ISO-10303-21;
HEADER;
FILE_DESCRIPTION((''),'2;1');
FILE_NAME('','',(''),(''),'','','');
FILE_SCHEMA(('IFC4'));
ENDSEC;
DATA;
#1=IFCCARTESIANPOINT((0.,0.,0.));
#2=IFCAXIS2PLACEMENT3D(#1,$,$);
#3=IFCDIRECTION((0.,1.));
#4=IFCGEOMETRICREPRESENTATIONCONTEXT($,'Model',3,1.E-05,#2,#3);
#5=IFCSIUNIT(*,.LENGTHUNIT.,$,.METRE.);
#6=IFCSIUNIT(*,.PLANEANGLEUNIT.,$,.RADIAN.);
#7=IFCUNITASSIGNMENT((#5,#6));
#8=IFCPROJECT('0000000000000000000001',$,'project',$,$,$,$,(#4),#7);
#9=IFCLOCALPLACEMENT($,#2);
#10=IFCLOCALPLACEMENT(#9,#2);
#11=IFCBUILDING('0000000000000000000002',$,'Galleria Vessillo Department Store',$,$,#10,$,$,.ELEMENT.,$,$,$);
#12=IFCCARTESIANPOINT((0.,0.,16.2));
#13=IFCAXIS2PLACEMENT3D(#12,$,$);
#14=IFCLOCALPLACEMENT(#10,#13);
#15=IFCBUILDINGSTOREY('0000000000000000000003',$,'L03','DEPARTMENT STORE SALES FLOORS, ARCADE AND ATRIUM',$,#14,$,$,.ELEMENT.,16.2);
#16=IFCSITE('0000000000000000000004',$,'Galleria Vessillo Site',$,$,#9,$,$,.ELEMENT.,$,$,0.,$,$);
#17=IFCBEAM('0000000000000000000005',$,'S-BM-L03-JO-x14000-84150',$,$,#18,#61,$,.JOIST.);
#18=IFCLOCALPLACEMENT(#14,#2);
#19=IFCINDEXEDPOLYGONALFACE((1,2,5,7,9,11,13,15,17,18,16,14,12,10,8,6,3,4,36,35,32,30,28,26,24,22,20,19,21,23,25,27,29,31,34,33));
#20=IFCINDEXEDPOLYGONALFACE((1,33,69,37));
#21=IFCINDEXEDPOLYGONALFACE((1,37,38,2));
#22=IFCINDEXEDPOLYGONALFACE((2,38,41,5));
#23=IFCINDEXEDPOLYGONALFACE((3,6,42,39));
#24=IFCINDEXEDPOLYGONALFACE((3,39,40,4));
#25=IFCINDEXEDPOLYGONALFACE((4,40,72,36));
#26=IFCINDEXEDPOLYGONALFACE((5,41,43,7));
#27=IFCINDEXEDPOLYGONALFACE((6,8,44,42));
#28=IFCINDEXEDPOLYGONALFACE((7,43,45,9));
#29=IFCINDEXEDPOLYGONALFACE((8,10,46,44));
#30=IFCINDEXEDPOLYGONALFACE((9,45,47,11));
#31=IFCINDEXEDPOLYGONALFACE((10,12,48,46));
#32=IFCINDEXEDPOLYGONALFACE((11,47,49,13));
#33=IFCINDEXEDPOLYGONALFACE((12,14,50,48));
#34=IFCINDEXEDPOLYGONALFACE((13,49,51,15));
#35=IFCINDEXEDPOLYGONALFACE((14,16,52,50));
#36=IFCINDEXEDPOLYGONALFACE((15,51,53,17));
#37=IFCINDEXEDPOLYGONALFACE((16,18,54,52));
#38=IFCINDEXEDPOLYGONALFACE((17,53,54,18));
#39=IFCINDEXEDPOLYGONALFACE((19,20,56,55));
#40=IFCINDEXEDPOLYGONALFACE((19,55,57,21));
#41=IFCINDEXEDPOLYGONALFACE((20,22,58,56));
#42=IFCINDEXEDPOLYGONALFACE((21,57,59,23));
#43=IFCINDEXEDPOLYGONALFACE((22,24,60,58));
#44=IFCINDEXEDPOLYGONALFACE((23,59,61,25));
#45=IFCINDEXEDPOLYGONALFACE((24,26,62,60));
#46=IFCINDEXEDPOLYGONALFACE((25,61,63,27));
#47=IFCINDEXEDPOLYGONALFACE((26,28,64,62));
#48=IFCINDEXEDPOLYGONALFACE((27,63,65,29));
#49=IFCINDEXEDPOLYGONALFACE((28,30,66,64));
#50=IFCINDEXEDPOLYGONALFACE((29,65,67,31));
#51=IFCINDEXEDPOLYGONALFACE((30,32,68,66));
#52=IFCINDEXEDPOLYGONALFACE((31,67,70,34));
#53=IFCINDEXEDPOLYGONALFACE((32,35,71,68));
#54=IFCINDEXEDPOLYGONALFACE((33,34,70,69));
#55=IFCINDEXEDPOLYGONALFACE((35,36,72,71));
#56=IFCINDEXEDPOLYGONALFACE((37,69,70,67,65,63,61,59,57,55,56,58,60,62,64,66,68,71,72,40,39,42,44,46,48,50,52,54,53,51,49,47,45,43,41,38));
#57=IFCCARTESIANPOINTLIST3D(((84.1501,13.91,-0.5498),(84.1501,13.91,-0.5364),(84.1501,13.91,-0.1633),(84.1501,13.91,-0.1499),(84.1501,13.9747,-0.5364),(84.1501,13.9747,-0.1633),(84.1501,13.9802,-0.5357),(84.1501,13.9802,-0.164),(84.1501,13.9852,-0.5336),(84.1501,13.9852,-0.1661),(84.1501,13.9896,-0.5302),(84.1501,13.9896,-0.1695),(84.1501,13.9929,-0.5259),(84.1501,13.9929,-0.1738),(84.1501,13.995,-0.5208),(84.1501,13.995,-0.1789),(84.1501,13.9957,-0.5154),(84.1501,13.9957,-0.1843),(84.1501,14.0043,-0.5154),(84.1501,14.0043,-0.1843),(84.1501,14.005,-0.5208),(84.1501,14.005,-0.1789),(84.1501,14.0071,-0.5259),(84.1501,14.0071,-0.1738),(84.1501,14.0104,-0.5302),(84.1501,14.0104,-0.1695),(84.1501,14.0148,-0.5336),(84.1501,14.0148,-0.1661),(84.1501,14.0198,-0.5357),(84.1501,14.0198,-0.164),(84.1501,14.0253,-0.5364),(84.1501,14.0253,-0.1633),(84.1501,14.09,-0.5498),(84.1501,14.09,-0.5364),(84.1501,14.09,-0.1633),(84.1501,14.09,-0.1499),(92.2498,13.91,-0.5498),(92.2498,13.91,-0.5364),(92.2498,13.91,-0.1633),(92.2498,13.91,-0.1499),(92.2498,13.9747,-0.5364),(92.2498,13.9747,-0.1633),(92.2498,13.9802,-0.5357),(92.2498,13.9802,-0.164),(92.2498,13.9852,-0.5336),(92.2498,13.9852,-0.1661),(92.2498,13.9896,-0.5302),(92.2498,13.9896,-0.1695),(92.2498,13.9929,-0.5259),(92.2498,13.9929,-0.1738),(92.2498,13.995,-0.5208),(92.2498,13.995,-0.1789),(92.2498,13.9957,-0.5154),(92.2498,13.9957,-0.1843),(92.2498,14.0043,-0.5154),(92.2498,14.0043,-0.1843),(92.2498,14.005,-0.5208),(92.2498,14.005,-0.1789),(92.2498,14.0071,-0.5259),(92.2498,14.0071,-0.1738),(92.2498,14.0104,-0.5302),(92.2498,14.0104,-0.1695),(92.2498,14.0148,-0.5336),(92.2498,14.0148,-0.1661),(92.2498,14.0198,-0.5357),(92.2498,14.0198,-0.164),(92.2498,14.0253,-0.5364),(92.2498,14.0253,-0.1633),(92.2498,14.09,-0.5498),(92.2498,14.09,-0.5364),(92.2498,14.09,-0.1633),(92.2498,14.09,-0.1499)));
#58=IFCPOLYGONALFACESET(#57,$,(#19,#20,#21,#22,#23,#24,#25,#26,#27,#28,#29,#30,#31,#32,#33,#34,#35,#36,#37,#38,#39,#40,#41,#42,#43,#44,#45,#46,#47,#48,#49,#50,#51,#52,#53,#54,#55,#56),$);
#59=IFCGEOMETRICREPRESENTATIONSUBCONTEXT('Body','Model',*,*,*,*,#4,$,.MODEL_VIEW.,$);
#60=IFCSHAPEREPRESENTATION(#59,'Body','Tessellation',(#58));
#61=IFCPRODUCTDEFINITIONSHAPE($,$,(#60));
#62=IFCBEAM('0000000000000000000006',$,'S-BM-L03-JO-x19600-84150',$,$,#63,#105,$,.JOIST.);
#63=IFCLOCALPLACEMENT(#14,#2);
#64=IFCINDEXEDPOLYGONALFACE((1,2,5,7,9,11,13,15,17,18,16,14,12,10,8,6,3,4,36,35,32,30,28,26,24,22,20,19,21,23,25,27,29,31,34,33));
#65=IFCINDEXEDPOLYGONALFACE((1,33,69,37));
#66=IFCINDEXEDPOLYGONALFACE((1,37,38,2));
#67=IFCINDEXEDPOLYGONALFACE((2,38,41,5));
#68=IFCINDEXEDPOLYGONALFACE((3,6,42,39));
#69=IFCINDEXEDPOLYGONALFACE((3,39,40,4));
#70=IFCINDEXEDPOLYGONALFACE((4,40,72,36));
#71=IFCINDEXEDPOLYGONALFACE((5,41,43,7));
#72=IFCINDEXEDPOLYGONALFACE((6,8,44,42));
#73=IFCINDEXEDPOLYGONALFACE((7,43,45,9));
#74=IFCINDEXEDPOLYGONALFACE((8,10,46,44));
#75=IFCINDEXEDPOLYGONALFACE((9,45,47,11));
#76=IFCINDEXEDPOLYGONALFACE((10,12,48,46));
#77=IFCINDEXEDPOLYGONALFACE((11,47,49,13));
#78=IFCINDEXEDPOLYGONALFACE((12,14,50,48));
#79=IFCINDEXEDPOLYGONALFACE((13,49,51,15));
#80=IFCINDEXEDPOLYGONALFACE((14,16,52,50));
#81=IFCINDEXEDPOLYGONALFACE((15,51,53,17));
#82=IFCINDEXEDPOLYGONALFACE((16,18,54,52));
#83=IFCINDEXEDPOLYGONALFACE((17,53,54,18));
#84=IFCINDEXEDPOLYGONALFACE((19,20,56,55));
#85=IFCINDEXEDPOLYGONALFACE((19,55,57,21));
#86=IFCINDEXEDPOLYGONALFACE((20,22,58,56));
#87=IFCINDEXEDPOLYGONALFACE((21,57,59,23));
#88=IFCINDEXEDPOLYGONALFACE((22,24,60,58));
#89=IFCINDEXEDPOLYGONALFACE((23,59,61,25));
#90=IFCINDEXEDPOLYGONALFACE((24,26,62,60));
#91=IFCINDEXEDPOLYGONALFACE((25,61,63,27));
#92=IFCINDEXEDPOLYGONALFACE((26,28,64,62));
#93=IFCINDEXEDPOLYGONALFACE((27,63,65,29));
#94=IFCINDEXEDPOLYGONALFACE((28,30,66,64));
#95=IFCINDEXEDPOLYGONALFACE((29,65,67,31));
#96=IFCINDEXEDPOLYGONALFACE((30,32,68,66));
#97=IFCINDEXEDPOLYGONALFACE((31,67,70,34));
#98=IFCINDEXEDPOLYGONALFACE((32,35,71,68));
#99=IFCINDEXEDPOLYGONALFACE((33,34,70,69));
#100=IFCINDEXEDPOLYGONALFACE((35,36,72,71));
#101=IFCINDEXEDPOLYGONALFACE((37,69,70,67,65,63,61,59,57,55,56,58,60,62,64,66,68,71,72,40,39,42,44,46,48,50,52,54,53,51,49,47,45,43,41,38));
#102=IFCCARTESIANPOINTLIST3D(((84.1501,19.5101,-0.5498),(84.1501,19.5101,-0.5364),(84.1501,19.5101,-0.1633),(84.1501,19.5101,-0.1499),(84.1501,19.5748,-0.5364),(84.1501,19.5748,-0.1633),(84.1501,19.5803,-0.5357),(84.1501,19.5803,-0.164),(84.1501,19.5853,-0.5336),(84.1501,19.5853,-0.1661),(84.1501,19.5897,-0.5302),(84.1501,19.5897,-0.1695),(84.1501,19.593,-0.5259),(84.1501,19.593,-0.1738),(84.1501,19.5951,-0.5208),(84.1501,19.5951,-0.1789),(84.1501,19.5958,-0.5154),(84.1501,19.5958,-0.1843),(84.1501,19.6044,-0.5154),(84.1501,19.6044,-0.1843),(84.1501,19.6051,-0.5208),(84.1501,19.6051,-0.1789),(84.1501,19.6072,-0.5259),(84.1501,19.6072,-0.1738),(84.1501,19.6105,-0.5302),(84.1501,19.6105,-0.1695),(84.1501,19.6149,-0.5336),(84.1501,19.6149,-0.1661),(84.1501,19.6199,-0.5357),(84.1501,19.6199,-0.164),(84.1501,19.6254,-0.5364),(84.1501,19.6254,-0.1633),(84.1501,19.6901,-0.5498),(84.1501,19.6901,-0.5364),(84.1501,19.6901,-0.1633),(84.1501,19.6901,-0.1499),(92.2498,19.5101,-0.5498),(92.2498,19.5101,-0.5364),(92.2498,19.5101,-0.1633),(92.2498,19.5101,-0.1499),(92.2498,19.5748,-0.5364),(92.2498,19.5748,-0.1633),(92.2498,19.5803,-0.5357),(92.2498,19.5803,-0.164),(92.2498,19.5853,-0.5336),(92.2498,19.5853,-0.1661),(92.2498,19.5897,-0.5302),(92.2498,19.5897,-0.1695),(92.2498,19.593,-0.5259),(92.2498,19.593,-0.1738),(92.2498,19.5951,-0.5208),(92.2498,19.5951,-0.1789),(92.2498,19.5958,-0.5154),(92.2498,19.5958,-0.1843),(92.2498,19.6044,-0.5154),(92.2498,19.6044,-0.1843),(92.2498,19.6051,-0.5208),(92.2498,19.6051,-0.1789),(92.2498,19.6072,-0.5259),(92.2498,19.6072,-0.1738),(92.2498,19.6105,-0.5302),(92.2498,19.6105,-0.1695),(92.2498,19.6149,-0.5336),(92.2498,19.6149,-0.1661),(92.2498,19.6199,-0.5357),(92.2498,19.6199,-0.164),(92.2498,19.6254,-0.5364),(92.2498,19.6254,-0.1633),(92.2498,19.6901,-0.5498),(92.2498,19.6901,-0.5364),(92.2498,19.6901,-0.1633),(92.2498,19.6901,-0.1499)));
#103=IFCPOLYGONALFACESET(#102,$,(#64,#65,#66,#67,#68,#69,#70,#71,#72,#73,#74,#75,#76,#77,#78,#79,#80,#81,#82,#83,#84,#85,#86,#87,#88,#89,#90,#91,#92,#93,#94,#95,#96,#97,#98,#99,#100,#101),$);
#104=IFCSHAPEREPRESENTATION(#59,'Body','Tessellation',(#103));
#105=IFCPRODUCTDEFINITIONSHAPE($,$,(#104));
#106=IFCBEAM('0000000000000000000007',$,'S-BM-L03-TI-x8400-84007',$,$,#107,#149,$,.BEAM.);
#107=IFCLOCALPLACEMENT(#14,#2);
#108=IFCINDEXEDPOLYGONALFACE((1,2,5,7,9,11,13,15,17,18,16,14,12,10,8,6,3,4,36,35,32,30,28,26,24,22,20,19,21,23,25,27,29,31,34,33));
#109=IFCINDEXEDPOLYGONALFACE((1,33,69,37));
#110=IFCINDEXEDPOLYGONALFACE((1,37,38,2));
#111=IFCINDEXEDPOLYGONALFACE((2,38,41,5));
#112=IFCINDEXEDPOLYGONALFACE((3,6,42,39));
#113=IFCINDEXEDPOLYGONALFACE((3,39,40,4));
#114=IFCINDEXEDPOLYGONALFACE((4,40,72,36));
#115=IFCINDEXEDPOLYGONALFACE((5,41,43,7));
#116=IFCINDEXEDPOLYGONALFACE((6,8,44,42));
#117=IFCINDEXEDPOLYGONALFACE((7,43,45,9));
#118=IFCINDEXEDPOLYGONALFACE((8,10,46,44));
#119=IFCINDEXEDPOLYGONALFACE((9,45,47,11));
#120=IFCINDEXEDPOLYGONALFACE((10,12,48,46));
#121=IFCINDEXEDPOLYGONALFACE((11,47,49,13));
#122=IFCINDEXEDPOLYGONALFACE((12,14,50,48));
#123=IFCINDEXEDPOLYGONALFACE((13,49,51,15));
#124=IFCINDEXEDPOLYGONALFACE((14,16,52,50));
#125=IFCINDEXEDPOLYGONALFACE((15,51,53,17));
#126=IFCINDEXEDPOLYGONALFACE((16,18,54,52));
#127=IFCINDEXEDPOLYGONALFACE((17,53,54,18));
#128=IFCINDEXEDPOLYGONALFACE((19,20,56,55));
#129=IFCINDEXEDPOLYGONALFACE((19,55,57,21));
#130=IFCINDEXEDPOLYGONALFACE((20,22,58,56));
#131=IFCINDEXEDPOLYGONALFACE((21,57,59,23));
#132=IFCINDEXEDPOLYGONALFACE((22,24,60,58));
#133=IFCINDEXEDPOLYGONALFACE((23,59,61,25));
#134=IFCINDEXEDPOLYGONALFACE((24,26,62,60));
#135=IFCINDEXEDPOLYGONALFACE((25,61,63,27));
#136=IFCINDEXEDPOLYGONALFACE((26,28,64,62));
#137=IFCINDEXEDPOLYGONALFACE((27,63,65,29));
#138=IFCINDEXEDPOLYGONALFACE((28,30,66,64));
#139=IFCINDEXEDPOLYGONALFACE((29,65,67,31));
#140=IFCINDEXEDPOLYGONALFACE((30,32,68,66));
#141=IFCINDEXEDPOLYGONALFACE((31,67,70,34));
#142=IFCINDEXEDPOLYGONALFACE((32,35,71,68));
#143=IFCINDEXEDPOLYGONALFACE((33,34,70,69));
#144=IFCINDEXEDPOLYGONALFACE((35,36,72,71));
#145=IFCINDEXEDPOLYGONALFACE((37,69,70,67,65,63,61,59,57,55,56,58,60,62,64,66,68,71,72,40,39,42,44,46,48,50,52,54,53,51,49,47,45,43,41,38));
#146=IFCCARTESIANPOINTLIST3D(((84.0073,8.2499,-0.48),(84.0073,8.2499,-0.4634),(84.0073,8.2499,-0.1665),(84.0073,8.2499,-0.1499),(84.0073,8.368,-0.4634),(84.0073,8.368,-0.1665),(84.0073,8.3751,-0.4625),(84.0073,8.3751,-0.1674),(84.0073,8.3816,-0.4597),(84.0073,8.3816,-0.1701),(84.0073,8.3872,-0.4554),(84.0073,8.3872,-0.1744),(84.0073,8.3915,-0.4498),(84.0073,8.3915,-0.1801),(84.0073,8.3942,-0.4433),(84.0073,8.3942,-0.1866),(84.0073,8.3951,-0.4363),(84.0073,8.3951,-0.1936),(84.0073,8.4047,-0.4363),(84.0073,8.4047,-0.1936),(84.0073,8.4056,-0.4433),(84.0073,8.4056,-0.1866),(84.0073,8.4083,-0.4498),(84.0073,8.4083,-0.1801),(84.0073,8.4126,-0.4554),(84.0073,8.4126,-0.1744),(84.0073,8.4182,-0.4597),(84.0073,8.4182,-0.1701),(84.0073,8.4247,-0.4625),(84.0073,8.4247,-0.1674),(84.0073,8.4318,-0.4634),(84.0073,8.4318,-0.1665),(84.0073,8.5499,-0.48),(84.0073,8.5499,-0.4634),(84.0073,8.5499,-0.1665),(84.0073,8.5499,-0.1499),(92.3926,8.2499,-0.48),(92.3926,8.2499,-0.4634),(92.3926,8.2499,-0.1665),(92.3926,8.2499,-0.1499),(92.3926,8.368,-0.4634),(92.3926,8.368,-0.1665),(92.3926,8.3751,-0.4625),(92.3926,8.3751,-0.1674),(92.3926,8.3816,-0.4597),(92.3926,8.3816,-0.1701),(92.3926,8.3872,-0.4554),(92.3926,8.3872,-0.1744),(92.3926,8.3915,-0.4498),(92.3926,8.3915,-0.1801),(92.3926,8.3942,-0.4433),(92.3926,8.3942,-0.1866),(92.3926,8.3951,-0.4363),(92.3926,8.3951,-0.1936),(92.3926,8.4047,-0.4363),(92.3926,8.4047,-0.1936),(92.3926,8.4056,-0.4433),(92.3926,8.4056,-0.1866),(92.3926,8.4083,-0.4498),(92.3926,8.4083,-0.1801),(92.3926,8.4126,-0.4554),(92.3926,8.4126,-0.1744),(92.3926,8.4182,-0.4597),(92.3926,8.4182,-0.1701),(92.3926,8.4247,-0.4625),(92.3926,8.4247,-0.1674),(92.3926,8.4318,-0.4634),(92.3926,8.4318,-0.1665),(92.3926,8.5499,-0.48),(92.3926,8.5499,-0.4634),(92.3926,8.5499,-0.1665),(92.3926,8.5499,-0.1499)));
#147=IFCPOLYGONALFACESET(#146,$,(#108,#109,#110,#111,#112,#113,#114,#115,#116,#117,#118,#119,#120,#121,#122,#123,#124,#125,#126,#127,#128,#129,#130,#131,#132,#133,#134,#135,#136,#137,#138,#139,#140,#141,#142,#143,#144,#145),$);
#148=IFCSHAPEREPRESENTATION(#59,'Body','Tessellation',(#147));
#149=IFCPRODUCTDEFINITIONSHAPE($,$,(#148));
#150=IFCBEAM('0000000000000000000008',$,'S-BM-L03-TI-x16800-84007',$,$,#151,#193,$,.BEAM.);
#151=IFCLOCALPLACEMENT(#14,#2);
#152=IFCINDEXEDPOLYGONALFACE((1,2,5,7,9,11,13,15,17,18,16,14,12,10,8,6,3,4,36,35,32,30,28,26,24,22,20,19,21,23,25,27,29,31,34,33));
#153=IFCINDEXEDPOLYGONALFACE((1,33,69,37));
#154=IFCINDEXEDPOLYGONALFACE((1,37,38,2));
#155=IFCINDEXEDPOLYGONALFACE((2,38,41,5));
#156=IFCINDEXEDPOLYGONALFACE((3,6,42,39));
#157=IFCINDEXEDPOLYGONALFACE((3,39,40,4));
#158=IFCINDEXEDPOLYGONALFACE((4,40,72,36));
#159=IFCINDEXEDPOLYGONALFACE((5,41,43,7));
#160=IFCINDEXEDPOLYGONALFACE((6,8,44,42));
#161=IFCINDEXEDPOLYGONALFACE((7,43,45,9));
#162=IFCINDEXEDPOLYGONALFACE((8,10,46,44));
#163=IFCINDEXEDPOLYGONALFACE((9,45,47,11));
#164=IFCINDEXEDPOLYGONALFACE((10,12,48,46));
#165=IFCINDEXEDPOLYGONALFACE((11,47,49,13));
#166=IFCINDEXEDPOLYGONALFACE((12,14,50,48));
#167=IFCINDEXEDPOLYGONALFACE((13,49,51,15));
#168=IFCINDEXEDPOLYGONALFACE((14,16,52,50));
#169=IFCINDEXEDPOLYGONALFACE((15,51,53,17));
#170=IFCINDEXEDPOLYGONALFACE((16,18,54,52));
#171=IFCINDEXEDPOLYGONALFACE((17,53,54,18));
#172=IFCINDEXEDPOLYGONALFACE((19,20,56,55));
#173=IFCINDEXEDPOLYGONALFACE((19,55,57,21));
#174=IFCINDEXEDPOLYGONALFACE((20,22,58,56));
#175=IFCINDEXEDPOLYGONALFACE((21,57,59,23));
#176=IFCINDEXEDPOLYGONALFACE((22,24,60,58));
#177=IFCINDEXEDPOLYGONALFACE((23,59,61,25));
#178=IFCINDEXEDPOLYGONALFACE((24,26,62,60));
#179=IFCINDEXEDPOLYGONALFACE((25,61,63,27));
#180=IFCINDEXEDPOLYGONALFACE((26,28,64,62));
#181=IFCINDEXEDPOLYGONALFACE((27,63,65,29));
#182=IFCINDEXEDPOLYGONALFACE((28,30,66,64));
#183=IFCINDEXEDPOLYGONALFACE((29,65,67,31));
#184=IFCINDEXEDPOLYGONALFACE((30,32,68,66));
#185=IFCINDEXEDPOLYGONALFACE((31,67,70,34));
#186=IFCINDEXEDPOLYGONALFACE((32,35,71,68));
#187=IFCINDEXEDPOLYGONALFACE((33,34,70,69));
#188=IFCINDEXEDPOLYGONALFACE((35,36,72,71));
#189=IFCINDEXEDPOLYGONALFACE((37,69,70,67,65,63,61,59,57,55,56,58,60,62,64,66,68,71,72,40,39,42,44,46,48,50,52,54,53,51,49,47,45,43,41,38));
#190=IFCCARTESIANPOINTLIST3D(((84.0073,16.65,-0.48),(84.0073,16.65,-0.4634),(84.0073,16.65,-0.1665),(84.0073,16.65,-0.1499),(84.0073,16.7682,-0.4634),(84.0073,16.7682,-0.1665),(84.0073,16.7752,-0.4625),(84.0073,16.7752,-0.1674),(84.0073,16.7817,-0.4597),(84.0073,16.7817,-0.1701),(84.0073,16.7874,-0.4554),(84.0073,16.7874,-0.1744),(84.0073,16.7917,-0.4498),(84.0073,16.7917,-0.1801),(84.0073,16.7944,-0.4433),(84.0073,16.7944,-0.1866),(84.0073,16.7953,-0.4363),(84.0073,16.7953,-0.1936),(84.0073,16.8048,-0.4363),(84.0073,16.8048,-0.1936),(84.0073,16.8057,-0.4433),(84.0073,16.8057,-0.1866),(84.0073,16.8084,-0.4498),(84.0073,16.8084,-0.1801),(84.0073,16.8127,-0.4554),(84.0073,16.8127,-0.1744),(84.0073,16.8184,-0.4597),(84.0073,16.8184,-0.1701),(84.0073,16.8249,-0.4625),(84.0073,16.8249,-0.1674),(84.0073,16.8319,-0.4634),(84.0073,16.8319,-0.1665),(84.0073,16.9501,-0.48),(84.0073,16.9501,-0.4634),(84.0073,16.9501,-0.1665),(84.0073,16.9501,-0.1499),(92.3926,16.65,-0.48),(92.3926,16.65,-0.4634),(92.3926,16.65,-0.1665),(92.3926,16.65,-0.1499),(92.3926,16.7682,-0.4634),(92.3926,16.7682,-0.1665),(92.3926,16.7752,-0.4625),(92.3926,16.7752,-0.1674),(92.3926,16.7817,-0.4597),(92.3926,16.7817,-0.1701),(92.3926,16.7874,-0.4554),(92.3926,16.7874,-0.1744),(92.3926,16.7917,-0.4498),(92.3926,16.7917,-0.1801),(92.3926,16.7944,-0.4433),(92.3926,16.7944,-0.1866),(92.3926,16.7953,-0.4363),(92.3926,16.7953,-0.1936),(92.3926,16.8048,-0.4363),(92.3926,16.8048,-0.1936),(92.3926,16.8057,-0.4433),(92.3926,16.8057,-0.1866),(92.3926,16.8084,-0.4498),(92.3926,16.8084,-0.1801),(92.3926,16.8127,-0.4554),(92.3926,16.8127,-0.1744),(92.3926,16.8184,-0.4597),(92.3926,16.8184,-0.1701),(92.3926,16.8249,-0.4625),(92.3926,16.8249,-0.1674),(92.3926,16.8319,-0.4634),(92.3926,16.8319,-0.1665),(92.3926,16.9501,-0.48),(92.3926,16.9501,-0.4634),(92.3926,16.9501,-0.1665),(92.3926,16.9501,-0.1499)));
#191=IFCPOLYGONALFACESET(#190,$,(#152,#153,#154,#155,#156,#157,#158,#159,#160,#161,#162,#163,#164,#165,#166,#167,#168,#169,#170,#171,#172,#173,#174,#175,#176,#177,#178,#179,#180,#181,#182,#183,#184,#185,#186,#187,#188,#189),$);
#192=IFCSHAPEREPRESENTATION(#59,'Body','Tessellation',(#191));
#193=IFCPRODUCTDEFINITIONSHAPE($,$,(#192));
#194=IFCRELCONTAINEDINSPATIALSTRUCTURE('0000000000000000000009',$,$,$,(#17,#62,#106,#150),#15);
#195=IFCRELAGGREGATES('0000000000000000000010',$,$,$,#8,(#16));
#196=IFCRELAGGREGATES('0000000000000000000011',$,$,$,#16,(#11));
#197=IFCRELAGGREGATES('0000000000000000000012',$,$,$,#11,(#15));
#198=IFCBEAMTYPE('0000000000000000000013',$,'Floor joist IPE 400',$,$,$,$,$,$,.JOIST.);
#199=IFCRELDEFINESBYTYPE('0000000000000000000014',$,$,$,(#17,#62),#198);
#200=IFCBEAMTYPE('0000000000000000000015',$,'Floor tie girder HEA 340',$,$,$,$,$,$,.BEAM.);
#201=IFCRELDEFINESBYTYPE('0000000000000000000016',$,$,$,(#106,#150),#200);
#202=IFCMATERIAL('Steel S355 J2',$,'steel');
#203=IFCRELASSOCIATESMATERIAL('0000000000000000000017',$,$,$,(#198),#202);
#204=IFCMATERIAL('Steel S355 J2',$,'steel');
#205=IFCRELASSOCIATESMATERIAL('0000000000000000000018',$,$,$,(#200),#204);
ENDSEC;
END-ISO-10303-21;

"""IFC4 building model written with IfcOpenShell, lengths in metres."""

from ifc_helpers import new_model, si_unit, direction, frame, origin, origin_2d, place, context, subcontext, project, spatial, i_section, extrude, material, material_profile, profile_set, type_object, element, save


model = new_model("IFC4")

# Units and contexts
model_context = context("Model", 3, precision=1e-05, world=origin(), true_north=direction((0.0, 1.0)))
body_context = subcontext(model_context, "Body", "Model", "MODEL_VIEW")
ifc_project = project(units=[si_unit("LENGTHUNIT", "METRE"), si_unit("PLANEANGLEUNIT", "RADIAN")], contexts=[model_context])

# Site, building, storey
site_placement = place(None, origin())
site = spatial("IfcSite", under=ifc_project, at=site_placement, Name="Galleria Vessillo Site", CompositionType="ELEMENT", RefElevation=0.0)
building_placement = place(site_placement, origin())
building = spatial("IfcBuilding", under=site, at=building_placement, Name="Galleria Vessillo Department Store", CompositionType="ELEMENT")
storey_placement = place(building_placement, frame((0.0, 0.0, 16.2)))
storey = spatial("IfcBuildingStorey", under=building, at=storey_placement, Name="L03", Description="DEPARTMENT STORE SALES FLOORS, ARCADE AND ATRIUM", CompositionType="ELEMENT", Elevation=16.2)

# Beams
ifc_material_1 = material(Name="Steel S355 J2", Category="steel")
ifc_material_profile_1 = material_profile(ifc_material_1, i_section(OverallWidth=0.1799, OverallDepth=0.3999, WebThickness=0.0085, FlangeThickness=0.0134, FilletRadius=0.021, at=origin_2d()), Name="IPE 400")
ifc_profile_set_1 = profile_set([ifc_material_profile_1], Name="Steel S355 J2")
beam_type_1 = type_object("IfcBeamType", Name="Floor joist IPE 400", PredefinedType="JOIST", material=ifc_profile_set_1)
for number, where, z_axis, x_axis, name in (
    (1, (84.1501, 14.0, -0.3499), (1.0, 0.0, 0.0), (0.0, 1.0, 0.0), "S-BM-L03-JO-x14000-84150"),
    (2, (84.1501, 19.6001, -0.3499), (1.0, 0.0, 0.0), (0.0, 1.0, 0.0), "S-BM-L03-JO-x19600-84150"),
):
    element("IfcBeam", number, at=place(storey_placement, frame(where, z_axis=z_axis, x_axis=x_axis)), inside=storey, type_object=beam_type_1, Name=name, PredefinedType="JOIST", context=body_context, shape_type="SweptSolid", body=[
        extrude(i_section(OverallWidth=0.1799, OverallDepth=0.3999, WebThickness=0.0085, FlangeThickness=0.0134, FilletRadius=0.021, at=origin_2d()), origin(), (0.0, 0.0, 1.0), 8.0996),
    ])
ifc_material_2 = material(Name="Steel S355 J2", Category="steel")
ifc_material_profile_2 = material_profile(ifc_material_2, i_section(OverallWidth=0.3, OverallDepth=0.3301, WebThickness=0.0095, FlangeThickness=0.0166, FilletRadius=0.0271, at=origin_2d()), Name="HEA 340")
ifc_profile_set_2 = profile_set([ifc_material_profile_2], Name="Steel S355 J2")
beam_type_2 = type_object("IfcBeamType", Name="Floor tie girder HEA 340", PredefinedType="BEAM", material=ifc_profile_set_2)
for number, where, z_axis, x_axis, name in (
    (3, (84.0073, 8.3999, -0.3149), (1.0, 0.0, 0.0), (0.0, 1.0, 0.0), "S-BM-L03-TI-x8400-84007"),
    (4, (84.0073, 16.8, -0.3149), (1.0, 0.0, 0.0), (0.0, 1.0, 0.0), "S-BM-L03-TI-x16800-84007"),
):
    element("IfcBeam", number, at=place(storey_placement, frame(where, z_axis=z_axis, x_axis=x_axis)), inside=storey, type_object=beam_type_2, Name=name, PredefinedType="BEAM", context=body_context, shape_type="SweptSolid", body=[
        extrude(i_section(OverallWidth=0.3, OverallDepth=0.3301, WebThickness=0.0095, FlangeThickness=0.0166, FilletRadius=0.0271, at=origin_2d()), origin(), (0.0, 0.0, 1.0), 8.3853),
    ])

save(model, "model.ifc")
